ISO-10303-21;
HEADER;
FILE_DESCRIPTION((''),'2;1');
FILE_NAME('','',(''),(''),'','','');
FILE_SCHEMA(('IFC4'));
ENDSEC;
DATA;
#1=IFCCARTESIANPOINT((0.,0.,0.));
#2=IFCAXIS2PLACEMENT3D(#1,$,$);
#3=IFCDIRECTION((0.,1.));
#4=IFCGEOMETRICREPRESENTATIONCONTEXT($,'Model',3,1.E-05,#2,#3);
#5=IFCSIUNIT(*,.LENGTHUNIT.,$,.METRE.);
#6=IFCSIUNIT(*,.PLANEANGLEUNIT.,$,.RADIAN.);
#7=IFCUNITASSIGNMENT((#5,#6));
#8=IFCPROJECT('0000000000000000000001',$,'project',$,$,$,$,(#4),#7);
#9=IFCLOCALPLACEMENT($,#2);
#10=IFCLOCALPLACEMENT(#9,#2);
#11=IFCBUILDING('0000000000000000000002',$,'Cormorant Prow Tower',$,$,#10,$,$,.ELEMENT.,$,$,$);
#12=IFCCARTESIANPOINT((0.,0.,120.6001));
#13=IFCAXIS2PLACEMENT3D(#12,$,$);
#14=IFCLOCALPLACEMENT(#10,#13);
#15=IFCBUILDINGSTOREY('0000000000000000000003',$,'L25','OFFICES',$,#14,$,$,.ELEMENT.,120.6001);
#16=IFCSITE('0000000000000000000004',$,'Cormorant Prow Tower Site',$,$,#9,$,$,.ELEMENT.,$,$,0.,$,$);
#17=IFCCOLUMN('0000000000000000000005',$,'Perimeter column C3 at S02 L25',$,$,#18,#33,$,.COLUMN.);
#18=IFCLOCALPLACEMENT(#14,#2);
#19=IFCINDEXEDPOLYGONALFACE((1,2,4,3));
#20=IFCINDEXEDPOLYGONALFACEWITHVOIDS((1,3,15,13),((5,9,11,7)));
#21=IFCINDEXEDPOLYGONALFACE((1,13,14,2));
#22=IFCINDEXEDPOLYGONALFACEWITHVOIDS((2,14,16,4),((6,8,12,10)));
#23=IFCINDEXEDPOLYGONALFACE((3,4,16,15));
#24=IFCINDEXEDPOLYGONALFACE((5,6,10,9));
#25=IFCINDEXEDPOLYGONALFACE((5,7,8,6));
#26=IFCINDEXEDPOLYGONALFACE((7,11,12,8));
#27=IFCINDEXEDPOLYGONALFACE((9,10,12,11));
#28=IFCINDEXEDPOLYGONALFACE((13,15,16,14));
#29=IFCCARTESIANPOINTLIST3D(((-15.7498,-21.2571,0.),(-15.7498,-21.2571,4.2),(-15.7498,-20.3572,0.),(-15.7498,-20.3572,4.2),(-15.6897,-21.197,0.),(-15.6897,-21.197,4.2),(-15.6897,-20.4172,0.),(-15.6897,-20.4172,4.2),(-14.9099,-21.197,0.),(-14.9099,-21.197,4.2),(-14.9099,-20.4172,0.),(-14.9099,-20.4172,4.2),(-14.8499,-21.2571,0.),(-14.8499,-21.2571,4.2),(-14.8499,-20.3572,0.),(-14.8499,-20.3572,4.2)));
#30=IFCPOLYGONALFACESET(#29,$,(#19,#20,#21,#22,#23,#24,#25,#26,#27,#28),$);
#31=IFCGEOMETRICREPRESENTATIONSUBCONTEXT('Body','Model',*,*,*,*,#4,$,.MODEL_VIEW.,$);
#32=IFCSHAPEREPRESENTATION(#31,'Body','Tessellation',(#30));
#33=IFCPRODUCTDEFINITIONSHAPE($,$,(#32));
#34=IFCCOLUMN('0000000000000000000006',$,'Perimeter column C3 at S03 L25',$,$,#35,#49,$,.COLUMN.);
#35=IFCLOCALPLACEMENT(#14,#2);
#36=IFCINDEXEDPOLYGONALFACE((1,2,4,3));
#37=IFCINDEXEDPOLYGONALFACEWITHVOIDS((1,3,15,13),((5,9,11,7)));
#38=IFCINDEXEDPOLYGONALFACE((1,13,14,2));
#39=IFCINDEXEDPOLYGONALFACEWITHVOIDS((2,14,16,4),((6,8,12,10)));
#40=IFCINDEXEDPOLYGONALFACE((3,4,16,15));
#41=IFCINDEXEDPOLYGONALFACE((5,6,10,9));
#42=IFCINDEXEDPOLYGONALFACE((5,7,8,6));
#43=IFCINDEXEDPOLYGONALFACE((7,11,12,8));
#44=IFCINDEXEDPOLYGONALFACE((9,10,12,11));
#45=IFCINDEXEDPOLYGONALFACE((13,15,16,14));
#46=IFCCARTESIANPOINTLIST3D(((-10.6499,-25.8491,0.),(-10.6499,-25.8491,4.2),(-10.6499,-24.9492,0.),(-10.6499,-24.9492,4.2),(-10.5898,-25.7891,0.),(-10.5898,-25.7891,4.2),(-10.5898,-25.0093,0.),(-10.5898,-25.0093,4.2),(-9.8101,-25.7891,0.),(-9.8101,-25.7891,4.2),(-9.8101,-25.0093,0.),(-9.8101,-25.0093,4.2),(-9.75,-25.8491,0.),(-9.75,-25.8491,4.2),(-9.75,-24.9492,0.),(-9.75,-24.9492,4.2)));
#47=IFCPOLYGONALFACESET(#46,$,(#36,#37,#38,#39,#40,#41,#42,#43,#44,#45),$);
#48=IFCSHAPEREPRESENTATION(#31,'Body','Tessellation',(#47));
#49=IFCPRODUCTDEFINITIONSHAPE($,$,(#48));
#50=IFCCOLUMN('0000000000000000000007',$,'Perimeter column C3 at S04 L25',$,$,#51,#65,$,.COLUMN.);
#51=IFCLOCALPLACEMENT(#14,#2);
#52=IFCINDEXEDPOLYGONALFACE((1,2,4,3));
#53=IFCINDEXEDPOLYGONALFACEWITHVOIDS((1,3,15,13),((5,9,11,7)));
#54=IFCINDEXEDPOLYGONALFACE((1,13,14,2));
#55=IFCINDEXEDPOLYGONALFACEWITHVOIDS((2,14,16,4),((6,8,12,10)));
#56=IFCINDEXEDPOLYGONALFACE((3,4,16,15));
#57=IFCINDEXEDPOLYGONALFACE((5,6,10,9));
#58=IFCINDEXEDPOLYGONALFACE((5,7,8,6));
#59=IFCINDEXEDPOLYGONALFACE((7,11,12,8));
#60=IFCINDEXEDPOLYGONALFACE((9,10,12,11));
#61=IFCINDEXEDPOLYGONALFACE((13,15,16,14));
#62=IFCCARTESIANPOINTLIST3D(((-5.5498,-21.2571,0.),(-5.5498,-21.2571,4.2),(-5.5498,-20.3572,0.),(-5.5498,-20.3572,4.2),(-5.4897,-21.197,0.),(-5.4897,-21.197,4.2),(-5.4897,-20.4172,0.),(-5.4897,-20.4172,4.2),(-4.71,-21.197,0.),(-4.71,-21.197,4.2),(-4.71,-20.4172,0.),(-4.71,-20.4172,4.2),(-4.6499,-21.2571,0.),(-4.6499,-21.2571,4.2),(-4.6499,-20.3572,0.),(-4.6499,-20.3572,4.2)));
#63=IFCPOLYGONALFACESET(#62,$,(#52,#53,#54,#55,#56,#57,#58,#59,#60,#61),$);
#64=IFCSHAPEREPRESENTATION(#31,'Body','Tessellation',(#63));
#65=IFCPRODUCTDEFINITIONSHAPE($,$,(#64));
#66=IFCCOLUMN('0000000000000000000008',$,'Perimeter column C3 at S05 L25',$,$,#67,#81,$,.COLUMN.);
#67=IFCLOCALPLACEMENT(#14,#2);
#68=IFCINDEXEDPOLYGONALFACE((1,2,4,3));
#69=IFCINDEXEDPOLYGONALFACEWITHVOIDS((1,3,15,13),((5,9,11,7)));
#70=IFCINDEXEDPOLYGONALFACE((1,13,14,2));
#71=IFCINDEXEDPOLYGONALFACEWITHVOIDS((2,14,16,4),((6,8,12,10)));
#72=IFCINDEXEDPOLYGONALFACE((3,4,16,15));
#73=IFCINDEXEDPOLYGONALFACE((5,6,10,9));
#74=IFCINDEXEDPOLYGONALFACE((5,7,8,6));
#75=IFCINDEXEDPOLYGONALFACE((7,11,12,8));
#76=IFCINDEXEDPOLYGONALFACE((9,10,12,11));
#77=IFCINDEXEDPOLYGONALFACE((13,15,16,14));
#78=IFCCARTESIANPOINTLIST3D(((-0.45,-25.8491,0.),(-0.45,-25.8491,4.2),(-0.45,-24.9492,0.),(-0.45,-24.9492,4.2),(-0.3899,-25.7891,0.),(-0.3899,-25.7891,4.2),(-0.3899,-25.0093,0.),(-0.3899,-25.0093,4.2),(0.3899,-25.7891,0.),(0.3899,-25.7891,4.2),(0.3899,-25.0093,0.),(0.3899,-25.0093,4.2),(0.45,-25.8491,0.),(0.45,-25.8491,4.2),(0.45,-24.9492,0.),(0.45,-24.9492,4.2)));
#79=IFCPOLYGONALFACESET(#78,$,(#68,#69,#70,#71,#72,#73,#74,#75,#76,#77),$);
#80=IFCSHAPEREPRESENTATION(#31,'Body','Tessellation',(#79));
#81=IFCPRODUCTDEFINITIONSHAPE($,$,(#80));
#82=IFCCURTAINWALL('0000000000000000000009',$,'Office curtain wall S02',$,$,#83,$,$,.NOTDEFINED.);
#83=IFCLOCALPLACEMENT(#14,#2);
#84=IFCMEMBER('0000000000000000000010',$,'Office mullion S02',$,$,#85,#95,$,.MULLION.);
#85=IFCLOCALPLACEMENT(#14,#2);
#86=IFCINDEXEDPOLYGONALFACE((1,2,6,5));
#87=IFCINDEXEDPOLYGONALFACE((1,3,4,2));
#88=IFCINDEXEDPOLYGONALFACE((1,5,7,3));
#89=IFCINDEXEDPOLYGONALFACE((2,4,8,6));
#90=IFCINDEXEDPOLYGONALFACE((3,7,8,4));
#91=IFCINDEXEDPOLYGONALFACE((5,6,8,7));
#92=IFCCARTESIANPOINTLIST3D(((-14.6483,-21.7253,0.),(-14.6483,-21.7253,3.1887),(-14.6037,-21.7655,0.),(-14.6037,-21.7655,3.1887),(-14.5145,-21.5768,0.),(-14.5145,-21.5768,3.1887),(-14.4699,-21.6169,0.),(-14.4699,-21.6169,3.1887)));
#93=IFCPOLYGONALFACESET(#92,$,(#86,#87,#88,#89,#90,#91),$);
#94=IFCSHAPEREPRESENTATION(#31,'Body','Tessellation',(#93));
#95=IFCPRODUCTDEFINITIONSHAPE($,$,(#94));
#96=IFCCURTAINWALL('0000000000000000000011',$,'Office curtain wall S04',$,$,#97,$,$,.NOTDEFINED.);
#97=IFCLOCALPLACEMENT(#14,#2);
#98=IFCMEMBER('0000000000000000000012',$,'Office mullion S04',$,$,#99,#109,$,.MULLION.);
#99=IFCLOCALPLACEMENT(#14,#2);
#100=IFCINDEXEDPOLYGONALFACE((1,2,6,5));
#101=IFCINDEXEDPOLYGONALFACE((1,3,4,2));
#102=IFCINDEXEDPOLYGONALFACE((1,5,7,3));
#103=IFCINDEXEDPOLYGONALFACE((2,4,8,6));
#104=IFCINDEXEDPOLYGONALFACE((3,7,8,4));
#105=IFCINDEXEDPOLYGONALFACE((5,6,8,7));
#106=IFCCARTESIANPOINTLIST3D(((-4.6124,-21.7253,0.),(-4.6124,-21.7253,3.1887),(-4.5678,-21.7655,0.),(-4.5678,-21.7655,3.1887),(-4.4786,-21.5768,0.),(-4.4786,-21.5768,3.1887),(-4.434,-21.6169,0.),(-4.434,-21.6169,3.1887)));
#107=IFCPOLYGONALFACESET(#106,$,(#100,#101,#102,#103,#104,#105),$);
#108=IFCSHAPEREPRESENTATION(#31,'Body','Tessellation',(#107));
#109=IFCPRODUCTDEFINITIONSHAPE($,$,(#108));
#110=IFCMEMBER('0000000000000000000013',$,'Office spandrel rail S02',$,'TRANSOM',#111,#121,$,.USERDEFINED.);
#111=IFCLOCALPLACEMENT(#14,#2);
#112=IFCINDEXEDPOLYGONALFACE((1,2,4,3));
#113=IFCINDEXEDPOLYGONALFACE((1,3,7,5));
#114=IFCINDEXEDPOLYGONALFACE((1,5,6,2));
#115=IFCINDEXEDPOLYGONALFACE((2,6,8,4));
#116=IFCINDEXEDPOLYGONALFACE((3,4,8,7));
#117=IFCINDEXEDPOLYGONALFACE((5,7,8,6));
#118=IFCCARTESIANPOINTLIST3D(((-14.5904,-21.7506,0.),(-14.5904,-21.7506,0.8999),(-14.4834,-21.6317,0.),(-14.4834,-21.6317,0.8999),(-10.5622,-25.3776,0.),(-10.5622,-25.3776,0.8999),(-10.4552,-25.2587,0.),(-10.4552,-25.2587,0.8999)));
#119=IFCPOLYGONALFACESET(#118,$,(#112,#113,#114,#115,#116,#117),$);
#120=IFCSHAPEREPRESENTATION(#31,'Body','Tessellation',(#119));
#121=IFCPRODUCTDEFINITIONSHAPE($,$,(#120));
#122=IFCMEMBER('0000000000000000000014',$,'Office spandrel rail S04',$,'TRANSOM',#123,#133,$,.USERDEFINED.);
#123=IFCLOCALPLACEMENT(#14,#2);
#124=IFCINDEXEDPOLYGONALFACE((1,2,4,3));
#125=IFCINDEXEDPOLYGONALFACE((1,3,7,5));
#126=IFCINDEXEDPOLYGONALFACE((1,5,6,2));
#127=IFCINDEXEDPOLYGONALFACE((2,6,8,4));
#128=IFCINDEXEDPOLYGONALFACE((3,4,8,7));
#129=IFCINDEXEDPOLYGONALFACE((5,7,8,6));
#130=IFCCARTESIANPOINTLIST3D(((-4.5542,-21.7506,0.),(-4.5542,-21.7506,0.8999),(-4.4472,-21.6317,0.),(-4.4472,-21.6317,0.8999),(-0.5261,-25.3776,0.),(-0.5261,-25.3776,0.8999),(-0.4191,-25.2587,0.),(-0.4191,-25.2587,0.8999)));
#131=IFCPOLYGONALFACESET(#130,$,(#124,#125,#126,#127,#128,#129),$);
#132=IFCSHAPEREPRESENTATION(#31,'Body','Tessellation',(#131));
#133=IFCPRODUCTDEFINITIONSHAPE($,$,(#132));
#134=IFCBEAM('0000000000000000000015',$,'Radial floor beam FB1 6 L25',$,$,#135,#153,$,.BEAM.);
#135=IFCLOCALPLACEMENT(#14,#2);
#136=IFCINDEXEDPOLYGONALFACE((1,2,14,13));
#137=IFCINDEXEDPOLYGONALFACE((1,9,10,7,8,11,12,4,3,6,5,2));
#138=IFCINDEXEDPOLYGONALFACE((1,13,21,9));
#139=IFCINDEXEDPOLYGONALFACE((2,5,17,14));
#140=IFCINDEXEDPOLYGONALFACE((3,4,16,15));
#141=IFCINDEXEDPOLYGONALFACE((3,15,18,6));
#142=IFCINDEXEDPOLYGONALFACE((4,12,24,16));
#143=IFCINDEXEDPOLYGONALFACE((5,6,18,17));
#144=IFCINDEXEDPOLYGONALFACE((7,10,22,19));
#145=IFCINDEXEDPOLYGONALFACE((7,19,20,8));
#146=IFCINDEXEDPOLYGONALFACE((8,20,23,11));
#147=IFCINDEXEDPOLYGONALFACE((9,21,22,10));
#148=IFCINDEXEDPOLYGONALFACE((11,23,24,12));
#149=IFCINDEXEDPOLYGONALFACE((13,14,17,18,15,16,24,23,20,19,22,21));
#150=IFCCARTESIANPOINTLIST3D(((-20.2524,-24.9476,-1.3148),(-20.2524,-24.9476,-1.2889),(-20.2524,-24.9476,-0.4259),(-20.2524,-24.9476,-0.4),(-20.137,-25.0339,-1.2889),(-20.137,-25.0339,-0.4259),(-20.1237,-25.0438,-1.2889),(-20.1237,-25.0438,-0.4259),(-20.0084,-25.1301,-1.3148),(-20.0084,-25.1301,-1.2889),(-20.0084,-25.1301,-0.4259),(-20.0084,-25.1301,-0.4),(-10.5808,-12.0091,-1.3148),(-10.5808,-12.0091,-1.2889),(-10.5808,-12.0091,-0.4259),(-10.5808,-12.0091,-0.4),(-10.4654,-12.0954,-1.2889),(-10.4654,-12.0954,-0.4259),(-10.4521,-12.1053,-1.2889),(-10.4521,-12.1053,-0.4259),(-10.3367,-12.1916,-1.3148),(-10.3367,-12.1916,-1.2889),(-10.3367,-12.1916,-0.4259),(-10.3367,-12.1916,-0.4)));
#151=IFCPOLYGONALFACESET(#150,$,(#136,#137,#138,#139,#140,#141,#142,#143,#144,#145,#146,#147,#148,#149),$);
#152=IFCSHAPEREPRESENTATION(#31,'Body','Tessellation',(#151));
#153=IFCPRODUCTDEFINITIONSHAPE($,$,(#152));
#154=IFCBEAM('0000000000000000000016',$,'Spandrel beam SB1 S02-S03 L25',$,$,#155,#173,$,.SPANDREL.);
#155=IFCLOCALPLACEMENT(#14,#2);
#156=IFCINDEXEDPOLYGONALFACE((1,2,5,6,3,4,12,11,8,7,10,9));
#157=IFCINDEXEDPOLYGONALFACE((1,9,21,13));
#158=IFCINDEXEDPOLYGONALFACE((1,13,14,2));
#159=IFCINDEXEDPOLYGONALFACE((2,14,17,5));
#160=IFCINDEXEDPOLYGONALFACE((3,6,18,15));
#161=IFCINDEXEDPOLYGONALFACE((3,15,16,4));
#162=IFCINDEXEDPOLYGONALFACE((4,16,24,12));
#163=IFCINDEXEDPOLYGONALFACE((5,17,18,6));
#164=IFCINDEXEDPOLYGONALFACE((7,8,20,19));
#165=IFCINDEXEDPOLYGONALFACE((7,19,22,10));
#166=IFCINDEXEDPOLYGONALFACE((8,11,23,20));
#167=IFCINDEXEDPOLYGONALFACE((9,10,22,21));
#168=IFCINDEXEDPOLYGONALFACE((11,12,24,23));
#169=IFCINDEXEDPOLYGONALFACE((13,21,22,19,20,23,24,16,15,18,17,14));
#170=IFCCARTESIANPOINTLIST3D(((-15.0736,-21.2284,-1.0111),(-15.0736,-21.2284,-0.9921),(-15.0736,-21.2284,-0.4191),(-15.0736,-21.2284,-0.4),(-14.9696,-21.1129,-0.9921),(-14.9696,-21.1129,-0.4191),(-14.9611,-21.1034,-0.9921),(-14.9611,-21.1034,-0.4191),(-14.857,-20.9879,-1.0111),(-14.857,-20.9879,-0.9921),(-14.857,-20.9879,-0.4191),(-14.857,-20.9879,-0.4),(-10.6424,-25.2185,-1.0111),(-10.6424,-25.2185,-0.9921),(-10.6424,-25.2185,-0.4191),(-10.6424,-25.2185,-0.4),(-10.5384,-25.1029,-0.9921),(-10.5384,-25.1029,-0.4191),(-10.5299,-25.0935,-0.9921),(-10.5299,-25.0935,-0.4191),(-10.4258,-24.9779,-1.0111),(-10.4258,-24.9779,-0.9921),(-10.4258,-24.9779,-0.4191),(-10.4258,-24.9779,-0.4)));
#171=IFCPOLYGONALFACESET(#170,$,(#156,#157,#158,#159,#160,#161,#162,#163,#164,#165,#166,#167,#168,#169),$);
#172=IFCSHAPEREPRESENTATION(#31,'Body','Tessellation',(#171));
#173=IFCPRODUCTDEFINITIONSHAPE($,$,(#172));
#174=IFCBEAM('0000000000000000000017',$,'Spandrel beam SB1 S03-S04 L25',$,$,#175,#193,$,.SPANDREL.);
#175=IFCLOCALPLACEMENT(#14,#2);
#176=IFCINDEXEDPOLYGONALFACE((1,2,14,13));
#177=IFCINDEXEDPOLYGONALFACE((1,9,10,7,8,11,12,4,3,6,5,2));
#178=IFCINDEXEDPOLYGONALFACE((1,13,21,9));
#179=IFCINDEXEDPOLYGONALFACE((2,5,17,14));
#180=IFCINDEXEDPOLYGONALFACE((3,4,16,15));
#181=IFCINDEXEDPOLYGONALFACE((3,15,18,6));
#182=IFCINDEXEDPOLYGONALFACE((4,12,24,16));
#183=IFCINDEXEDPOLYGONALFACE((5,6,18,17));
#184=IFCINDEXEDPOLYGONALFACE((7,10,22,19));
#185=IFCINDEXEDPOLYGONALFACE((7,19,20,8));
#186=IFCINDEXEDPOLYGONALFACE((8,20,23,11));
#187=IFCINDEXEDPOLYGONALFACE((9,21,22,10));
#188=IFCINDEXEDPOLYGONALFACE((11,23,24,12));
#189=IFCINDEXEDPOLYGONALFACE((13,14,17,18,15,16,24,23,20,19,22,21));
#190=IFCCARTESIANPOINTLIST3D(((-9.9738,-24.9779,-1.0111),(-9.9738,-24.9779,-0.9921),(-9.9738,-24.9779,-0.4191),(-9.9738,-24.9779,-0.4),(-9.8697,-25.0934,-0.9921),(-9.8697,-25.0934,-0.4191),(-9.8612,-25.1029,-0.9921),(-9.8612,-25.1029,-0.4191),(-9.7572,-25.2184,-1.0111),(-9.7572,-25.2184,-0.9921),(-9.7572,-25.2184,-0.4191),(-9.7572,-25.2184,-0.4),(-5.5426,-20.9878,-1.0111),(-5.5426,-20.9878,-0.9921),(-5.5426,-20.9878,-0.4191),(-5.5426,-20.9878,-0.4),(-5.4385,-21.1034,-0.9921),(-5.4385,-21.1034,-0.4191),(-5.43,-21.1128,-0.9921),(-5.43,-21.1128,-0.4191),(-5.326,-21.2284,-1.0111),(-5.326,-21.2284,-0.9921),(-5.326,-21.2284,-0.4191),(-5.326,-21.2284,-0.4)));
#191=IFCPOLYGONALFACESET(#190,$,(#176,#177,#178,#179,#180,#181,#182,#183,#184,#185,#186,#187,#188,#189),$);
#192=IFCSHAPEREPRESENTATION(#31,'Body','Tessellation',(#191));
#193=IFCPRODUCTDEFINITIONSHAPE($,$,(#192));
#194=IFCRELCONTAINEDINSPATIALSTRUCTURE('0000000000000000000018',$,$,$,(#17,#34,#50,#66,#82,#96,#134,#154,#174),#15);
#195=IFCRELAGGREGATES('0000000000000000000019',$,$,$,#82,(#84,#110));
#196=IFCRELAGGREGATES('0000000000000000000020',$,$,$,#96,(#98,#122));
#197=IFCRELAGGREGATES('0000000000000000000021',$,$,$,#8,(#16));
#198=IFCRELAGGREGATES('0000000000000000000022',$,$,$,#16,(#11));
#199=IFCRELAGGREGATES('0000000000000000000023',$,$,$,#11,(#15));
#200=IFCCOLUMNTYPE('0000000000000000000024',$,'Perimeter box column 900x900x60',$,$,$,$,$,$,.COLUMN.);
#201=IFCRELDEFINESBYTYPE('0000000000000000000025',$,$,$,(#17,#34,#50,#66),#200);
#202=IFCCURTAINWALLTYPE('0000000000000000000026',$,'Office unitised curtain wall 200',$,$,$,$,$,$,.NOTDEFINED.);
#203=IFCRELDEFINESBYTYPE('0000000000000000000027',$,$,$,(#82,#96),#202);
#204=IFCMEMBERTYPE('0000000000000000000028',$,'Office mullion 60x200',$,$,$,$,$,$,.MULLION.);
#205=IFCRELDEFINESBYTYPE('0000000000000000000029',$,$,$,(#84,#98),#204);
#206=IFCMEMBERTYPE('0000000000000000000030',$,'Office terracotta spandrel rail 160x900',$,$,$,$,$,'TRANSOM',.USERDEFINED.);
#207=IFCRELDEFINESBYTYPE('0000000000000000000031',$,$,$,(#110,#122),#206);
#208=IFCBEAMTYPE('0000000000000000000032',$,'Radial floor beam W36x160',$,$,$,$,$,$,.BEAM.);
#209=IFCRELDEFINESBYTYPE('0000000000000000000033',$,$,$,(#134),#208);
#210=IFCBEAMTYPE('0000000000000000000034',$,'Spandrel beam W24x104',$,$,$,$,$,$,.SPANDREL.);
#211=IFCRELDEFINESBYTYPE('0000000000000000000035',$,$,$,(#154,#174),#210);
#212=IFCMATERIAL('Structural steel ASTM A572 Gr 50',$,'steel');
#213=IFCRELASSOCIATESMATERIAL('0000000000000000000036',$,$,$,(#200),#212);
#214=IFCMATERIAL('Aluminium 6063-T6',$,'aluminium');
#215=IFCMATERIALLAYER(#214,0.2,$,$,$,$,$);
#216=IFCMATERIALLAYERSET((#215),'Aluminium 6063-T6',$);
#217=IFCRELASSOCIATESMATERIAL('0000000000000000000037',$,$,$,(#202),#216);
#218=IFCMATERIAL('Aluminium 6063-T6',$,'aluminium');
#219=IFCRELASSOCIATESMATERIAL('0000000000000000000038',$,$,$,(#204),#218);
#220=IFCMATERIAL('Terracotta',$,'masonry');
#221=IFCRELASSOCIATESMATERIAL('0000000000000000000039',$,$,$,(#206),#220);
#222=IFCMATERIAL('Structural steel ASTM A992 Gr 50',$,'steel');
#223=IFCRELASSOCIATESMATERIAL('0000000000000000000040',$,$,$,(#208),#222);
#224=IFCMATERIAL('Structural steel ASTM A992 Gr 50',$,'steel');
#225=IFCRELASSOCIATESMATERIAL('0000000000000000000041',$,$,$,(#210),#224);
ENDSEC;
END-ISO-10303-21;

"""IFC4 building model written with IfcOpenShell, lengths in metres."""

from ifc_helpers import new_model, si_unit, direction, frame, origin, origin_2d, place, context, subcontext, project, spatial, rectangle, hollow_rectangle, i_section, extrude, material, layer, layer_set, material_profile, profile_set, type_object, element, aggregate, save


model = new_model("IFC4")

# Units and contexts
model_context = context("Model", 3, precision=1e-05, world=origin(), true_north=direction((0.0, 1.0)))
body_context = subcontext(model_context, "Body", "Model", "MODEL_VIEW")
ifc_project = project(units=[si_unit("LENGTHUNIT", "METRE"), si_unit("PLANEANGLEUNIT", "RADIAN")], contexts=[model_context])

# Site, building, storey
site_placement = place(None, origin())
site = spatial("IfcSite", under=ifc_project, at=site_placement, Name="Cormorant Prow Tower Site", CompositionType="ELEMENT", RefElevation=0.0)
building_placement = place(site_placement, origin())
building = spatial("IfcBuilding", under=site, at=building_placement, Name="Cormorant Prow Tower", CompositionType="ELEMENT")
storey_placement = place(building_placement, frame((0.0, 0.0, 120.6001)))
storey = spatial("IfcBuildingStorey", under=building, at=storey_placement, Name="L25", Description="OFFICES", CompositionType="ELEMENT", Elevation=120.6001)

# Columns
ifc_material_1 = material(Name="Structural steel ASTM A572 Gr 50", Category="steel")
ifc_material_profile_1 = material_profile(ifc_material_1, hollow_rectangle(XDim=0.8999, YDim=0.8999, WallThickness=0.0601, at=origin_2d()), Name="Box 900x900x60")
ifc_profile_set_1 = profile_set([ifc_material_profile_1], Name="Structural steel ASTM A572 Gr 50")
column_type = type_object("IfcColumnType", Name="Perimeter box column 900x900x60", PredefinedType="COLUMN", material=ifc_profile_set_1)
for number, where, z_axis, x_axis, name in (
    (1, (-15.2998, -20.8071, 0.0), (0.0, 0.0, 1.0), (1.0, 0.0, 0.0), "Perimeter column C3 at S02 L25"),
    (2, (-10.2, -25.3992, 0.0), (0.0, 0.0, 1.0), (1.0, 0.0, 0.0), "Perimeter column C3 at S03 L25"),
    (3, (-5.0999, -20.8071, 0.0), (0.0, 0.0, 1.0), (1.0, 0.0, 0.0), "Perimeter column C3 at S04 L25"),
    (4, (0.0, -25.3992, 0.0), (0.0, 0.0, 1.0), (1.0, 0.0, 0.0), "Perimeter column C3 at S05 L25"),
):
    element("IfcColumn", number, at=place(storey_placement, frame(where, z_axis=z_axis, x_axis=x_axis)), inside=storey, type_object=column_type, Name=name, PredefinedType="COLUMN", context=body_context, shape_type="SweptSolid", body=[
        extrude(hollow_rectangle(XDim=0.8999, YDim=0.8999, WallThickness=0.0601, at=origin_2d()), origin(), (0.0, 0.0, 1.0), 4.2),
    ])

# Curtain walls, members
ifc_material_2 = material(Name="Aluminium 6063-T6", Category="aluminium")
ifc_layer_1 = layer(ifc_material_2, 0.2)
ifc_layer_set_1 = layer_set([ifc_layer_1], Name="Aluminium 6063-T6")
curtain_wall_type = type_object("IfcCurtainWallType", Name="Office unitised curtain wall 200", PredefinedType="NOTDEFINED", material=ifc_layer_set_1)
curtain_wall_1_placement = place(storey_placement, origin())
curtain_wall_1 = element("IfcCurtainWall", 5, at=curtain_wall_1_placement, inside=storey, type_object=curtain_wall_type, Name="Office curtain wall S02", PredefinedType="NOTDEFINED")
ifc_material_3 = material(Name="Aluminium 6063-T6", Category="aluminium")
ifc_material_profile_2 = material_profile(ifc_material_3, rectangle(XDim=0.2, YDim=0.0601, at=origin_2d()), Name="Office mullion 60x200")
ifc_profile_set_2 = profile_set([ifc_material_profile_2], Name="Aluminium 6063-T6")
member_type_1 = type_object("IfcMemberType", Name="Office mullion 60x200", PredefinedType="MULLION", material=ifc_profile_set_2)
member_1_placement = place(storey_placement, frame((-14.5591, -21.6711, 0.0), z_axis=(0.0, 0.0, 1.0), x_axis=(0.669131, 0.743145, 0.0)))
member_1 = element("IfcMember", 6, at=member_1_placement, type_object=member_type_1, Name="Office mullion S02", PredefinedType="MULLION", context=body_context, shape_type="SweptSolid", body=[
    extrude(rectangle(XDim=0.2, YDim=0.0601, at=origin_2d()), origin(), (0.0, 0.0, 1.0), 3.1887),
])
curtain_wall_2_placement = place(storey_placement, origin())
curtain_wall_2 = element("IfcCurtainWall", 7, at=curtain_wall_2_placement, inside=storey, type_object=curtain_wall_type, Name="Office curtain wall S04", PredefinedType="NOTDEFINED")
member_2_placement = place(storey_placement, frame((-4.5232, -21.6711, 0.0), z_axis=(0.0, 0.0, 1.0), x_axis=(0.669131, 0.743145, 0.0)))
member_2 = element("IfcMember", 8, at=member_2_placement, type_object=member_type_1, Name="Office mullion S04", PredefinedType="MULLION", context=body_context, shape_type="SweptSolid", body=[
    extrude(rectangle(XDim=0.2, YDim=0.0601, at=origin_2d()), origin(), (0.0, 0.0, 1.0), 3.1887),
])

# Members
ifc_material_4 = material(Name="Terracotta", Category="masonry")
ifc_material_profile_3 = material_profile(ifc_material_4, rectangle(XDim=0.1599, YDim=0.8999, at=origin_2d()), Name="Office terracotta spandrel rail 160x900")
ifc_profile_set_3 = profile_set([ifc_material_profile_3], Name="Terracotta")
member_type_2 = type_object("IfcMemberType", Name="Office terracotta spandrel rail 160x900", ElementType="TRANSOM", PredefinedType="USERDEFINED", material=ifc_profile_set_3)
member_3_placement = place(storey_placement, frame((-14.5369, -21.6912, 0.45), z_axis=(0.74314, -0.669136, 0.0), x_axis=(0.669136, 0.74314, 0.0)))
member_3 = element("IfcMember", 9, at=member_3_placement, type_object=member_type_2, Name="Office spandrel rail S02", ObjectType="TRANSOM", PredefinedType="USERDEFINED", context=body_context, shape_type="SweptSolid", body=[
    extrude(rectangle(XDim=0.1599, YDim=0.8999, at=origin_2d()), origin(), (0.0, 0.0, 1.0), 5.4204),
])
member_4_placement = place(storey_placement, frame((-4.5007, -21.6912, 0.45), z_axis=(0.74314, -0.669136, 0.0), x_axis=(0.669136, 0.74314, 0.0)))
member_4 = element("IfcMember", 10, at=member_4_placement, type_object=member_type_2, Name="Office spandrel rail S04", ObjectType="TRANSOM", PredefinedType="USERDEFINED", context=body_context, shape_type="SweptSolid", body=[
    extrude(rectangle(XDim=0.1599, YDim=0.8999, at=origin_2d()), origin(), (0.0, 0.0, 1.0), 5.4204),
])

# Beams
ifc_material_5 = material(Name="Structural steel ASTM A992 Gr 50", Category="steel")
ifc_material_profile_4 = material_profile(ifc_material_5, i_section(OverallWidth=0.3047, OverallDepth=0.9148, WebThickness=0.0166, FlangeThickness=0.0259, at=origin_2d()), Name="W36x160")
ifc_profile_set_4 = profile_set([ifc_material_profile_4], Name="Structural steel ASTM A992 Gr 50")
beam_type_1 = type_object("IfcBeamType", Name="Radial floor beam W36x160", PredefinedType="BEAM", material=ifc_profile_set_4)
beam_placement = place(storey_placement, frame((-10.4587, -12.1003, -0.8574), z_axis=(-0.598722, -0.800957, 0.0), x_axis=(0.800957, -0.598722, 0.0)))
element("IfcBeam", 11, at=beam_placement, inside=storey, type_object=beam_type_1, Name="Radial floor beam FB1 6 L25", PredefinedType="BEAM", context=body_context, shape_type="SweptSolid", body=[
    extrude(i_section(OverallWidth=0.3047, OverallDepth=0.9148, WebThickness=0.0166, FlangeThickness=0.0259, at=origin_2d()), origin(), (0.0, 0.0, 1.0), 16.1538),
])
ifc_material_6 = material(Name="Structural steel ASTM A992 Gr 50", Category="steel")
ifc_material_profile_5 = material_profile(ifc_material_6, i_section(OverallWidth=0.3237, OverallDepth=0.6111, WebThickness=0.0127, FlangeThickness=0.019, at=origin_2d()), Name="W24x104")
ifc_profile_set_5 = profile_set([ifc_material_profile_5], Name="Structural steel ASTM A992 Gr 50")
beam_type_2 = type_object("IfcBeamType", Name="Spandrel beam W24x104", PredefinedType="SPANDREL", material=ifc_profile_set_5)
for number, where, z_axis, x_axis, name in (
    (12, (-14.9653, -21.1082, -0.7056), (0.743131, -0.669146, 0.0), (0.669146, 0.743131, 0.0), "Spandrel beam SB1 S02-S03 L25"),
    (13, (-9.8655, -25.0981, -0.7056), (0.743131, 0.669146, 0.0), (-0.669146, 0.743131, 0.0), "Spandrel beam SB1 S03-S04 L25"),
):
    element("IfcBeam", number, at=place(storey_placement, frame(where, z_axis=z_axis, x_axis=x_axis)), inside=storey, type_object=beam_type_2, Name=name, PredefinedType="SPANDREL", context=body_context, shape_type="SweptSolid", body=[
        extrude(i_section(OverallWidth=0.3237, OverallDepth=0.6111, WebThickness=0.0127, FlangeThickness=0.019, at=origin_2d()), origin(), (0.0, 0.0, 1.0), 5.9629),
    ])

aggregate(curtain_wall_1, [member_1, member_3])
aggregate(curtain_wall_2, [member_2, member_4])

save(model, "model.ifc")
